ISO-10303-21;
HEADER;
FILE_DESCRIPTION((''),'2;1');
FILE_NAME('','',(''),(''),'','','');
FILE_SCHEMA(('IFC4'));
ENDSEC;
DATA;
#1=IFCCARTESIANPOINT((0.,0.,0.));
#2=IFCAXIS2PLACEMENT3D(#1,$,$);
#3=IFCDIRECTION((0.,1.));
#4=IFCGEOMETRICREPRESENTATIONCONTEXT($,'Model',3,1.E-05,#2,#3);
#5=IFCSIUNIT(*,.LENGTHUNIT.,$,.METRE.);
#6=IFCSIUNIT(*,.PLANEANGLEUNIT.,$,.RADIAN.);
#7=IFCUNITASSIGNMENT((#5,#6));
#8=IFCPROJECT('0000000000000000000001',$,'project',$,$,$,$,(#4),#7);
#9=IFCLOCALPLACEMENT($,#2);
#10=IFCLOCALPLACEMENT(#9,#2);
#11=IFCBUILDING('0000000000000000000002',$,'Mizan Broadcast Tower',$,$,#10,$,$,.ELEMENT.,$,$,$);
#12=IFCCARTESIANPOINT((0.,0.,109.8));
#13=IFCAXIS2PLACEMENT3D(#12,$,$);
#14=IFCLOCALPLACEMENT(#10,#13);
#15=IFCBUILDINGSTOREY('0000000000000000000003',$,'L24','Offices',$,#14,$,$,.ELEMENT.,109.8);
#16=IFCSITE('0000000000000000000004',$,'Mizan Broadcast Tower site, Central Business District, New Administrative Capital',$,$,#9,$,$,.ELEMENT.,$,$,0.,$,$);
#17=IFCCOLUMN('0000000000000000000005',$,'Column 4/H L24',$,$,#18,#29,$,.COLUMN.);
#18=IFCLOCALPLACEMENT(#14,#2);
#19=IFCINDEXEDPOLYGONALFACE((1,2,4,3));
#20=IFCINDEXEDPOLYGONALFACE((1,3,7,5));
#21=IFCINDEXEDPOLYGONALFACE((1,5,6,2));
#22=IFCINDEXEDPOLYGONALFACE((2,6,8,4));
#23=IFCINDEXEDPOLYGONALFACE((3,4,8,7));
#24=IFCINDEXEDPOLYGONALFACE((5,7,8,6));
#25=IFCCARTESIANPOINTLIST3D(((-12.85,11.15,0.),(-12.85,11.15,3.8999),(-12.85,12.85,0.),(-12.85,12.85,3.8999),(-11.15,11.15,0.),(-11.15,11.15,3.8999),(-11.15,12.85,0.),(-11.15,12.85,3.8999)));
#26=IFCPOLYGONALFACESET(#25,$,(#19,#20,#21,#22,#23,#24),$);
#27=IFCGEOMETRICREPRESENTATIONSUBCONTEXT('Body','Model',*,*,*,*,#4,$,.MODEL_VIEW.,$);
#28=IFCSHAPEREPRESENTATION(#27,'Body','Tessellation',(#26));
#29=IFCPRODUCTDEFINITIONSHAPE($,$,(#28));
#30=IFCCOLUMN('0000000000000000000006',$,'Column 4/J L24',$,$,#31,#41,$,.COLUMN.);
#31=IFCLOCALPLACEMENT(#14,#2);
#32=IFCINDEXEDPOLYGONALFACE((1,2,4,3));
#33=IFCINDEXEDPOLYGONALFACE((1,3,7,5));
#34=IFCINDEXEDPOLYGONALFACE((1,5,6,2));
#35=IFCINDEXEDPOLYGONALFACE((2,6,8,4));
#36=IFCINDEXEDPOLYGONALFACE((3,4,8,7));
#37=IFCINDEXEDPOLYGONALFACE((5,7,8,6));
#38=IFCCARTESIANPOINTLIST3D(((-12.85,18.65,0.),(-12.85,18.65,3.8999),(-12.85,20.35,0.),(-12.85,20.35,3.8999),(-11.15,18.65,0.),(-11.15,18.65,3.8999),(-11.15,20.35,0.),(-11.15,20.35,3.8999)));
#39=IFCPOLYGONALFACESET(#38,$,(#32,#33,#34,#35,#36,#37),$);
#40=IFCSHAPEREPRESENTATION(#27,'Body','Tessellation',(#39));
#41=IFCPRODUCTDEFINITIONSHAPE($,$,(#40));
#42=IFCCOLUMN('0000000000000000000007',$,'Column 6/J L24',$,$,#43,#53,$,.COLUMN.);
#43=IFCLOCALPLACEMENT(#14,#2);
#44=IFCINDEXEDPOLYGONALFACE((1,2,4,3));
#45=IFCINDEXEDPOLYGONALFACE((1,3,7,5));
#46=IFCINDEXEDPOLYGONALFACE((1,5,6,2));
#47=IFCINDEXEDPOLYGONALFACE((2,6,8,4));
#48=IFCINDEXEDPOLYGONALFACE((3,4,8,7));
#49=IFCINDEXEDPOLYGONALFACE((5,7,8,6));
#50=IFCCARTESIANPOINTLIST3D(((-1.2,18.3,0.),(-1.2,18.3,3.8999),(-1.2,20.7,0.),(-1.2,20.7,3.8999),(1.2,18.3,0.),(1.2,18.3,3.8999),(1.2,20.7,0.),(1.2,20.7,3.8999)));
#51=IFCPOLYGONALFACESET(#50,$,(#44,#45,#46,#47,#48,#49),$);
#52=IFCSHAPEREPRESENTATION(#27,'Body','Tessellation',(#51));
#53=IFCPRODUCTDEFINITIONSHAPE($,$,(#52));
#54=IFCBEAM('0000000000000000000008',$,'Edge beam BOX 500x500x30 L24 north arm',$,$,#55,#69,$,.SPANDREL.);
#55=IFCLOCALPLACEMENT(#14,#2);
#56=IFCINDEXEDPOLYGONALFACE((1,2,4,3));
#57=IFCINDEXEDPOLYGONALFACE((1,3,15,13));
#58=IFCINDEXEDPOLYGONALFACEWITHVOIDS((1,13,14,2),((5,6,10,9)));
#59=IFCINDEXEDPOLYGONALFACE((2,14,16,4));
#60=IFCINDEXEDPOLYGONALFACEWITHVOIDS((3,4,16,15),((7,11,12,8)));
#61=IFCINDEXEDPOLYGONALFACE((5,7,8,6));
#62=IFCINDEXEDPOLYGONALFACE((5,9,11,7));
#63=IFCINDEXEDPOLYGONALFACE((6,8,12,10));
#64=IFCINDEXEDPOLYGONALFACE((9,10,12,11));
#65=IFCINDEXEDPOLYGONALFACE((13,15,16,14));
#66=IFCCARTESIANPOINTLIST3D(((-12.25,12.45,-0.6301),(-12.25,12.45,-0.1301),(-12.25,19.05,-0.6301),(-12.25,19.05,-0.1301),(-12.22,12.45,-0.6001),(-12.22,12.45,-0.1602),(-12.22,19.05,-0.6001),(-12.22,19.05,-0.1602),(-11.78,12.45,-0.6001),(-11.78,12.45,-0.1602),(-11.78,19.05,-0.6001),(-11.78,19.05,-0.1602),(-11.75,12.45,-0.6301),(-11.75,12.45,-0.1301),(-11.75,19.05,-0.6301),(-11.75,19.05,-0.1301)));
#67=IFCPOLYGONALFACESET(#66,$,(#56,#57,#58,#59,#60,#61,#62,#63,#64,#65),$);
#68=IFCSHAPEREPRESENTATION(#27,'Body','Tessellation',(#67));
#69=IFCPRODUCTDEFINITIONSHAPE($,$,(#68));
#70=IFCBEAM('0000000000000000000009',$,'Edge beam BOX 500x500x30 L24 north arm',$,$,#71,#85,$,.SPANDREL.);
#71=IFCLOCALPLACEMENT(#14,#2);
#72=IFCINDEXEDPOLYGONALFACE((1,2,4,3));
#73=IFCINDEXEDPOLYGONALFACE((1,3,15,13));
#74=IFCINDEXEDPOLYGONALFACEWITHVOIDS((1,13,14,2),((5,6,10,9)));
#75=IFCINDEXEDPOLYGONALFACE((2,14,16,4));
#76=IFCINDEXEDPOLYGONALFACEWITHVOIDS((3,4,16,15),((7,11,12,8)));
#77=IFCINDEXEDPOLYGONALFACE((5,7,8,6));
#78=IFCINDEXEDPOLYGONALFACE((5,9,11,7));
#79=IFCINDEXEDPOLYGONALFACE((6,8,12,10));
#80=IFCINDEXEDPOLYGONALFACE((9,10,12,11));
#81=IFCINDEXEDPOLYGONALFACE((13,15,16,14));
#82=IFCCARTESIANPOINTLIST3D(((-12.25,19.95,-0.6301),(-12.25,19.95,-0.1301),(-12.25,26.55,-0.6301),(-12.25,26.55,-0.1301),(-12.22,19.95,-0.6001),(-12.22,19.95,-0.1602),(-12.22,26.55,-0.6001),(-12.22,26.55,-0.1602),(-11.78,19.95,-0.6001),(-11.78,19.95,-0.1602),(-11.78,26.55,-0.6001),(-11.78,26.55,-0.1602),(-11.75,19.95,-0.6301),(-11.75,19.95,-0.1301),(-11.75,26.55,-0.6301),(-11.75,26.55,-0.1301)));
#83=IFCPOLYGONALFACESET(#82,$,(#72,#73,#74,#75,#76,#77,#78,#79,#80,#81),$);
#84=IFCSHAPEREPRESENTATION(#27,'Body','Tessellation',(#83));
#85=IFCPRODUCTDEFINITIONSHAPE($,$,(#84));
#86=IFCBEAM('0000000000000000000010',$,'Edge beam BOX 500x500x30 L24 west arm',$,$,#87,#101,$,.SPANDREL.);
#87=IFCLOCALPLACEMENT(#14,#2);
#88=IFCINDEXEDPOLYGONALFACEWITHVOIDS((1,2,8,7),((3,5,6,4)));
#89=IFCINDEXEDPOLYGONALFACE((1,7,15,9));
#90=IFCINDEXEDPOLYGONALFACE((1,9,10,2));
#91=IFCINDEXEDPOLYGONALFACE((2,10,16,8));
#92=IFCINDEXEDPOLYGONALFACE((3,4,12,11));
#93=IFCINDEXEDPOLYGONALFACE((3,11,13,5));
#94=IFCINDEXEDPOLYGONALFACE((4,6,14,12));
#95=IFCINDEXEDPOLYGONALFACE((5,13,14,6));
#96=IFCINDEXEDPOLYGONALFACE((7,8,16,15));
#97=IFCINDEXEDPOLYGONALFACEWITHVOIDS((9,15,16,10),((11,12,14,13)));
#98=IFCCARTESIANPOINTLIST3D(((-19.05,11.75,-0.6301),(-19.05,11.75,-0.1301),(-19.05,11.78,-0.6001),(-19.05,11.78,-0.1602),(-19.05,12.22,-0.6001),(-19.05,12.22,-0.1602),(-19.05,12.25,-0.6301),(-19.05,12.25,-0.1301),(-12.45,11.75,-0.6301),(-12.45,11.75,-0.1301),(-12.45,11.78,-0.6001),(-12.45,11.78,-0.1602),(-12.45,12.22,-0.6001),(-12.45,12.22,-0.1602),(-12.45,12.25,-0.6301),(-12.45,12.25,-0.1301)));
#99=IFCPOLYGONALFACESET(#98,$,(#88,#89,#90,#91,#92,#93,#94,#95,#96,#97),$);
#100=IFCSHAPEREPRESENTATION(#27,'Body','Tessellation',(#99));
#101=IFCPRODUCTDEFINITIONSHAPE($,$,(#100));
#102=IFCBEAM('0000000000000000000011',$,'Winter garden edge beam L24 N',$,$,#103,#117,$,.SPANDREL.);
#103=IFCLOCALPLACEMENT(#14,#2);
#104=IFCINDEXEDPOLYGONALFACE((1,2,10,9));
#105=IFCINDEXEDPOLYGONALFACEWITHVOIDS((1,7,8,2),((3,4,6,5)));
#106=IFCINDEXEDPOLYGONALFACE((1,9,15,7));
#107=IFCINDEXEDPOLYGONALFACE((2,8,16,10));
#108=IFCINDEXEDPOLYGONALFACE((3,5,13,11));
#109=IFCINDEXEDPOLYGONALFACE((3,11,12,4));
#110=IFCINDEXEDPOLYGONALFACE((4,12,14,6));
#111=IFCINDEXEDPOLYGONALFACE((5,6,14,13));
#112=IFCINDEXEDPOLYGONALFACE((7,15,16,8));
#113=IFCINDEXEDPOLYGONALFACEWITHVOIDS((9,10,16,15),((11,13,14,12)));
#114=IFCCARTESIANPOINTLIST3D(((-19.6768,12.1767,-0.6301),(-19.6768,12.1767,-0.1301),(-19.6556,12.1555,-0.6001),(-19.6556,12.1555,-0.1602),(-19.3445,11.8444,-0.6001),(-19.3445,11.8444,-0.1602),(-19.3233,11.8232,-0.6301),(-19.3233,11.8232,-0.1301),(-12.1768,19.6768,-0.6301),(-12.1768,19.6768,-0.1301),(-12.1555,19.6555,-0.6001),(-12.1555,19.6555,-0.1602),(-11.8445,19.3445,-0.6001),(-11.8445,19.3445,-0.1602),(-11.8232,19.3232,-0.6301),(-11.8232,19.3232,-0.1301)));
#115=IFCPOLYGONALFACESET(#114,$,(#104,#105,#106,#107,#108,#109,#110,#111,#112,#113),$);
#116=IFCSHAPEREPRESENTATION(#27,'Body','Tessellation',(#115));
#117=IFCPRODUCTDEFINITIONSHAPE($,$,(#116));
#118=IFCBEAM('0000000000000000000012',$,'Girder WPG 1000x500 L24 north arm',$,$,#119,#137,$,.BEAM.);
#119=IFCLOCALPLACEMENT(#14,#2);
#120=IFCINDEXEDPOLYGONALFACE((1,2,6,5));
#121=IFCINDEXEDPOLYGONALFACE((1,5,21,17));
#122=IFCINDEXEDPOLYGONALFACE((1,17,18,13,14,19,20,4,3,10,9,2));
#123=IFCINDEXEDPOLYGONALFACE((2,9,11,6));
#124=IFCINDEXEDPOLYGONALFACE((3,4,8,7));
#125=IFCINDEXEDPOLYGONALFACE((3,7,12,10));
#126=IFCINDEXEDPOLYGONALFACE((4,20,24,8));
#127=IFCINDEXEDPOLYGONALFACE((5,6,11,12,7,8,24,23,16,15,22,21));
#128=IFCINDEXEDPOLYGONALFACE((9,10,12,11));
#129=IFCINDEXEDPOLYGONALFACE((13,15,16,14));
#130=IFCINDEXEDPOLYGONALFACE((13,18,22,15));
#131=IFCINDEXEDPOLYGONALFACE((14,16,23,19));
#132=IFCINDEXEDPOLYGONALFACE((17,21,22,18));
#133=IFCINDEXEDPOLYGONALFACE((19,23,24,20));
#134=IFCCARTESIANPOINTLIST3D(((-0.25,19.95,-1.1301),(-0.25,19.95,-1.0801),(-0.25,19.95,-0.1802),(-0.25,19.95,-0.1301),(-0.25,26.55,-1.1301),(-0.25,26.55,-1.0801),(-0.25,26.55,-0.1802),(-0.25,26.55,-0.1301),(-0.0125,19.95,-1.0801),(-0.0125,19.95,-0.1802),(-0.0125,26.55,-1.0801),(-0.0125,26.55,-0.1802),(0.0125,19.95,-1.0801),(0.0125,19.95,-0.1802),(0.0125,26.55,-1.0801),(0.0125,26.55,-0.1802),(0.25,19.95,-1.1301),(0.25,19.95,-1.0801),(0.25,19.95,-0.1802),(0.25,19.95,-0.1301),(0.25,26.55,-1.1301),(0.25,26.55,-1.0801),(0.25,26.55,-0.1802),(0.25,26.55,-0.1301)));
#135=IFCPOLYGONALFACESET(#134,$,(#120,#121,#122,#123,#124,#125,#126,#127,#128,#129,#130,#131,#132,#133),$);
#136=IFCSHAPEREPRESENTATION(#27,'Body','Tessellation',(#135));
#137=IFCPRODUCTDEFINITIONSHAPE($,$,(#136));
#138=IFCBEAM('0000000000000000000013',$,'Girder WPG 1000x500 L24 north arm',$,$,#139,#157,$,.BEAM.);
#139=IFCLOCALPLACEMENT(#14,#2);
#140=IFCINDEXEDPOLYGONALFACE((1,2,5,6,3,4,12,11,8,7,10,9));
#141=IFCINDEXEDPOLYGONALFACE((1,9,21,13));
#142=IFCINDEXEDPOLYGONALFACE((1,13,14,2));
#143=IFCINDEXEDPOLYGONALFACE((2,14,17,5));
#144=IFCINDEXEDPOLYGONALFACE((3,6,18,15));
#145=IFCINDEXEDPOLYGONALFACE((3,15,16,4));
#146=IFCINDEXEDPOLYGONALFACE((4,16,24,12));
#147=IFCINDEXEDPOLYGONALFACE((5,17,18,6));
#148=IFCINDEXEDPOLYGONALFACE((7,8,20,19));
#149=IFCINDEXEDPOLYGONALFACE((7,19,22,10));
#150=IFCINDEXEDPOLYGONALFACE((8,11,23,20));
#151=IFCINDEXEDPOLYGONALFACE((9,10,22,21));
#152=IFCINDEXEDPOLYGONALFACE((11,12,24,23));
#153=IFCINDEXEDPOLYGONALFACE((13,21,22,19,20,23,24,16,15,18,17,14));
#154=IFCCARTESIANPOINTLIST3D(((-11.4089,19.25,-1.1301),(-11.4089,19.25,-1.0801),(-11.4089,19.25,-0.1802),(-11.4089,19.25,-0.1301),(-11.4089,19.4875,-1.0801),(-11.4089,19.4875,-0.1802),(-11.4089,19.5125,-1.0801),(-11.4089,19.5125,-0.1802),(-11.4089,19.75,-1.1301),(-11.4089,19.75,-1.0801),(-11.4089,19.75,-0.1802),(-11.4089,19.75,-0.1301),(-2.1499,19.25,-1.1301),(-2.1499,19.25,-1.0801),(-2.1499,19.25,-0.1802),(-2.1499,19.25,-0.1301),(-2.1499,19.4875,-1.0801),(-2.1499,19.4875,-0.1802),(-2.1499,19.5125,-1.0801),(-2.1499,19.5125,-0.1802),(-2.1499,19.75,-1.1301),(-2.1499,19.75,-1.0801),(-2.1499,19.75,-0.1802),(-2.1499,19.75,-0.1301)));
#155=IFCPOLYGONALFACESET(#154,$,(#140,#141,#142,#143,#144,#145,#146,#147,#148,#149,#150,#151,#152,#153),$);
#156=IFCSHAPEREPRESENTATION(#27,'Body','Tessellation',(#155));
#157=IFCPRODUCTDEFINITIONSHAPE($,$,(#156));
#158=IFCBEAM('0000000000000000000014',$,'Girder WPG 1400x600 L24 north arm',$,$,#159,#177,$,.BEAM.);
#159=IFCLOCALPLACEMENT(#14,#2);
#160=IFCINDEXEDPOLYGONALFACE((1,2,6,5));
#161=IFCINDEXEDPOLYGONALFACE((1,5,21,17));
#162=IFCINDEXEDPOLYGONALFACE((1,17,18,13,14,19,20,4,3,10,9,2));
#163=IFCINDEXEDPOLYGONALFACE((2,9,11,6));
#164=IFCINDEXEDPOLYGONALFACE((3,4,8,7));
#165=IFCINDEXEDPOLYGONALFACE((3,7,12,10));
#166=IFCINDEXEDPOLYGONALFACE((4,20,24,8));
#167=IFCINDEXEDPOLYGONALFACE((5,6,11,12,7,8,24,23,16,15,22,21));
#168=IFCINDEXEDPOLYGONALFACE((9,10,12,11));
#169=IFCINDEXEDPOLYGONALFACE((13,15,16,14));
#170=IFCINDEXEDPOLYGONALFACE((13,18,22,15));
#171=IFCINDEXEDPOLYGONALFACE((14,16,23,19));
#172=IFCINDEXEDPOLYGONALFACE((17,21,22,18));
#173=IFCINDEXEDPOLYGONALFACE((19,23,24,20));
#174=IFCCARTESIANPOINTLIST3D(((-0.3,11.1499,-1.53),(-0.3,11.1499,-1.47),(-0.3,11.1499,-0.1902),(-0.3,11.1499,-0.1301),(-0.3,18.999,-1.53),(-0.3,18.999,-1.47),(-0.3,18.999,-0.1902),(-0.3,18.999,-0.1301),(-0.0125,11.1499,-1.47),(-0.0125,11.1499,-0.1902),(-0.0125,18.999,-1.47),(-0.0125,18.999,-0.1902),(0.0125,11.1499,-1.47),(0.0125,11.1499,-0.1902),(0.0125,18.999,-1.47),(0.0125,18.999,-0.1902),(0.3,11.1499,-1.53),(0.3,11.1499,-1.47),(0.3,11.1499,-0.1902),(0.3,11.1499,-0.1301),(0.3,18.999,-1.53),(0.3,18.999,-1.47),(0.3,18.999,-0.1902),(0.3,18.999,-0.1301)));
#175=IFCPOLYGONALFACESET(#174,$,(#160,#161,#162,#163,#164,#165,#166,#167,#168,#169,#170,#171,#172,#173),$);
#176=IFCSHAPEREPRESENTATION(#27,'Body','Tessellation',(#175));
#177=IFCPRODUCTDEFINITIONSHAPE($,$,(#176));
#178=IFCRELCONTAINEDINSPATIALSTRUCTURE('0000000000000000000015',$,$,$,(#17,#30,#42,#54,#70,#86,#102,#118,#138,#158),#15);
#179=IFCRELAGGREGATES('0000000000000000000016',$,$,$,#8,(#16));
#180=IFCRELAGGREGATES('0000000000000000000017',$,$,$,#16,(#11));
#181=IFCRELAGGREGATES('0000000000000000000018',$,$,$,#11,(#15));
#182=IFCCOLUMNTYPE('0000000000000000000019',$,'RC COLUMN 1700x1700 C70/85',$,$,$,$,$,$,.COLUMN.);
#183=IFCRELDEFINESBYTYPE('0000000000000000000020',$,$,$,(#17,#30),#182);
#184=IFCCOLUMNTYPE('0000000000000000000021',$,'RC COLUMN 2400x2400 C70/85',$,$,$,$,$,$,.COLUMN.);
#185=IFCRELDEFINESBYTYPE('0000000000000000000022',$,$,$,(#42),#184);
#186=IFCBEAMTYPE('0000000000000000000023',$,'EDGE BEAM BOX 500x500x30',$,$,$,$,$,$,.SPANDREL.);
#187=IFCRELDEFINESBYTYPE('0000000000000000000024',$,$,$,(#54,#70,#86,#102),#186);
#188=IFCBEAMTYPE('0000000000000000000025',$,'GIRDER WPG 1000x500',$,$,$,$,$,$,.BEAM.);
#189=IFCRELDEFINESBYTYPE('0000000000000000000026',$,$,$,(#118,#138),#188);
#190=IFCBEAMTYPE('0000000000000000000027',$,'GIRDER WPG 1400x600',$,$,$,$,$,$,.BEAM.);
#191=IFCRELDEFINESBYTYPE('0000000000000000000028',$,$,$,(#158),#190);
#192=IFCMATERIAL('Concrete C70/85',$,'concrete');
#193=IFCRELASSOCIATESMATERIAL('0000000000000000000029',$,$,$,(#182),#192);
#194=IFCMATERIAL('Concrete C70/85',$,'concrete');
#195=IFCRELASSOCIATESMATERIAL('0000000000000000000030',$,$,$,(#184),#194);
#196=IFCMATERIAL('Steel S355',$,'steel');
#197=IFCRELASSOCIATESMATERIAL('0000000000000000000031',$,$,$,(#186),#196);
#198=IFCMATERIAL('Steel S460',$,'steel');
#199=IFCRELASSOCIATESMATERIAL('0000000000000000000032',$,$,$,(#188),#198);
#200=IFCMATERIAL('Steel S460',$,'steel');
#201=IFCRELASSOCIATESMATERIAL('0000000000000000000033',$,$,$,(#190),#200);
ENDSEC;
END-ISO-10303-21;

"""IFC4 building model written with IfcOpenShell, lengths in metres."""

from ifc_helpers import new_model, si_unit, direction, frame, origin, origin_2d, place, context, subcontext, project, spatial, rectangle, hollow_rectangle, i_section, extrude, material, material_profile, profile_set, type_object, element, save


model = new_model("IFC4")

# Units and contexts
model_context = context("Model", 3, precision=1e-05, world=origin(), true_north=direction((0.0, 1.0)))
body_context = subcontext(model_context, "Body", "Model", "MODEL_VIEW")
ifc_project = project(units=[si_unit("LENGTHUNIT", "METRE"), si_unit("PLANEANGLEUNIT", "RADIAN")], contexts=[model_context])

# Site, building, storey
site_placement = place(None, origin())
site = spatial("IfcSite", under=ifc_project, at=site_placement, Name="Mizan Broadcast Tower site, Central Business District, New Administrative Capital", CompositionType="ELEMENT", RefElevation=0.0)
building_placement = place(site_placement, origin())
building = spatial("IfcBuilding", under=site, at=building_placement, Name="Mizan Broadcast Tower", CompositionType="ELEMENT")
storey_placement = place(building_placement, frame((0.0, 0.0, 109.8)))
storey = spatial("IfcBuildingStorey", under=building, at=storey_placement, Name="L24", Description="Offices", CompositionType="ELEMENT", Elevation=109.8)

# Columns
ifc_material_1 = material(Name="Concrete C70/85", Category="concrete")
ifc_material_profile_1 = material_profile(ifc_material_1, rectangle(XDim=1.7, YDim=1.7, at=origin_2d()), Name="RC 1700x1700")
ifc_profile_set_1 = profile_set([ifc_material_profile_1], Name="Concrete C70/85")
column_type_1 = type_object("IfcColumnType", Name="RC COLUMN 1700x1700 C70/85", PredefinedType="COLUMN", material=ifc_profile_set_1)
for number, where, z_axis, x_axis, name in (
    (1, (-12.0, 12.0, 0.0), (0.0, 0.0, 1.0), (1.0, 0.0, 0.0), "Column 4/H L24"),
    (2, (-12.0, 19.5, 0.0), (0.0, 0.0, 1.0), (1.0, 0.0, 0.0), "Column 4/J L24"),
):
    element("IfcColumn", number, at=place(storey_placement, frame(where, z_axis=z_axis, x_axis=x_axis)), inside=storey, type_object=column_type_1, Name=name, PredefinedType="COLUMN", context=body_context, shape_type="SweptSolid", body=[
        extrude(rectangle(XDim=1.7, YDim=1.7, at=origin_2d()), origin(), (0.0, 0.0, 1.0), 3.8999),
    ])
ifc_material_2 = material(Name="Concrete C70/85", Category="concrete")
ifc_material_profile_2 = material_profile(ifc_material_2, rectangle(XDim=2.3999, YDim=2.3999, at=origin_2d()), Name="RC 2400x2400")
ifc_profile_set_2 = profile_set([ifc_material_profile_2], Name="Concrete C70/85")
column_type_2 = type_object("IfcColumnType", Name="RC COLUMN 2400x2400 C70/85", PredefinedType="COLUMN", material=ifc_profile_set_2)
column_placement = place(storey_placement, frame((0.0, 19.5, 0.0), z_axis=(0.0, 0.0, 1.0), x_axis=(1.0, 0.0, 0.0)))
element("IfcColumn", 3, at=column_placement, inside=storey, type_object=column_type_2, Name="Column 6/J L24", PredefinedType="COLUMN", context=body_context, shape_type="SweptSolid", body=[
    extrude(rectangle(XDim=2.3999, YDim=2.3999, at=origin_2d()), origin(), (0.0, 0.0, 1.0), 3.8999),
])

# Beams
ifc_material_3 = material(Name="Steel S355", Category="steel")
ifc_material_profile_3 = material_profile(ifc_material_3, hollow_rectangle(XDim=0.5, YDim=0.5, WallThickness=0.03, at=origin_2d()), Name="BOX 500x500x30")
ifc_profile_set_3 = profile_set([ifc_material_profile_3], Name="Steel S355")
beam_type_1 = type_object("IfcBeamType", Name="EDGE BEAM BOX 500x500x30", PredefinedType="SPANDREL", material=ifc_profile_set_3)
for number, where, z_axis, x_axis, name in (
    (4, (-12.0, 12.45, -0.3801), (0.0, 1.0, 0.0), (-1.0, 0.0, 0.0), "Edge beam BOX 500x500x30 L24 north arm"),
    (5, (-12.0, 19.95, -0.3801), (0.0, 1.0, 0.0), (-1.0, 0.0, 0.0), "Edge beam BOX 500x500x30 L24 north arm"),
    (6, (-12.45, 12.0, -0.3801), (-1.0, 0.0, 0.0), (0.0, -1.0, 0.0), "Edge beam BOX 500x500x30 L24 west arm"),
):
    element("IfcBeam", number, at=place(storey_placement, frame(where, z_axis=z_axis, x_axis=x_axis)), inside=storey, type_object=beam_type_1, Name=name, PredefinedType="SPANDREL", context=body_context, shape_type="SweptSolid", body=[
        extrude(hollow_rectangle(XDim=0.5, YDim=0.5, WallThickness=0.03, at=origin_2d()), origin(), (0.0, 0.0, 1.0), 6.6001),
    ])
beam_1_placement = place(storey_placement, frame((-12.0, 19.5, -0.3801), z_axis=(-0.707107, -0.707107, 0.0), x_axis=(0.707107, -0.707107, 0.0)))
element("IfcBeam", 7, at=beam_1_placement, inside=storey, type_object=beam_type_1, Name="Winter garden edge beam L24 N", PredefinedType="SPANDREL", context=body_context, shape_type="SweptSolid", body=[
    extrude(hollow_rectangle(XDim=0.5, YDim=0.5, WallThickness=0.03, at=origin_2d()), origin(), (0.0, 0.0, 1.0), 10.6067),
])
ifc_material_4 = material(Name="Steel S460", Category="steel")
ifc_material_profile_4 = material_profile(ifc_material_4, i_section(OverallWidth=0.5, OverallDepth=1.0, WebThickness=0.0249, FlangeThickness=0.05, at=origin_2d()), Name="WPG 1000x500")
ifc_profile_set_4 = profile_set([ifc_material_profile_4], Name="Steel S460")
beam_type_2 = type_object("IfcBeamType", Name="GIRDER WPG 1000x500", PredefinedType="BEAM", material=ifc_profile_set_4)
beam_2_placement = place(storey_placement, frame((0.0, 19.95, -0.6301), z_axis=(0.0, 1.0, 0.0), x_axis=(-1.0, 0.0, 0.0)))
element("IfcBeam", 8, at=beam_2_placement, inside=storey, type_object=beam_type_2, Name="Girder WPG 1000x500 L24 north arm", PredefinedType="BEAM", context=body_context, shape_type="SweptSolid", body=[
    extrude(i_section(OverallWidth=0.5, OverallDepth=1.0, WebThickness=0.0249, FlangeThickness=0.05, at=origin_2d()), origin(), (0.0, 0.0, 1.0), 6.6001),
])
beam_3_placement = place(storey_placement, frame((-11.4089, 19.5, -0.6301), z_axis=(1.0, 0.0, 0.0), x_axis=(0.0, 1.0, 0.0)))
element("IfcBeam", 9, at=beam_3_placement, inside=storey, type_object=beam_type_2, Name="Girder WPG 1000x500 L24 north arm", PredefinedType="BEAM", context=body_context, shape_type="SweptSolid", body=[
    extrude(i_section(OverallWidth=0.5, OverallDepth=1.0, WebThickness=0.0249, FlangeThickness=0.05, at=origin_2d()), origin(), (0.0, 0.0, 1.0), 9.259),
])
ifc_material_5 = material(Name="Steel S460", Category="steel")
ifc_material_profile_5 = material_profile(ifc_material_5, i_section(OverallWidth=0.6001, OverallDepth=1.3999, WebThickness=0.0249, FlangeThickness=0.0601, at=origin_2d()), Name="WPG 1400x600")
ifc_profile_set_5 = profile_set([ifc_material_profile_5], Name="Steel S460")
beam_type_3 = type_object("IfcBeamType", Name="GIRDER WPG 1400x600", PredefinedType="BEAM", material=ifc_profile_set_5)
beam_4_placement = place(storey_placement, frame((0.0, 11.1499, -0.8301), z_axis=(0.0, 1.0, 0.0), x_axis=(-1.0, 0.0, 0.0)))
element("IfcBeam", 10, at=beam_4_placement, inside=storey, type_object=beam_type_3, Name="Girder WPG 1400x600 L24 north arm", PredefinedType="BEAM", context=body_context, shape_type="SweptSolid", body=[
    extrude(i_section(OverallWidth=0.6001, OverallDepth=1.3999, WebThickness=0.0249, FlangeThickness=0.0601, at=origin_2d()), origin(), (0.0, 0.0, 1.0), 7.8491),
])

save(model, "model.ifc")
